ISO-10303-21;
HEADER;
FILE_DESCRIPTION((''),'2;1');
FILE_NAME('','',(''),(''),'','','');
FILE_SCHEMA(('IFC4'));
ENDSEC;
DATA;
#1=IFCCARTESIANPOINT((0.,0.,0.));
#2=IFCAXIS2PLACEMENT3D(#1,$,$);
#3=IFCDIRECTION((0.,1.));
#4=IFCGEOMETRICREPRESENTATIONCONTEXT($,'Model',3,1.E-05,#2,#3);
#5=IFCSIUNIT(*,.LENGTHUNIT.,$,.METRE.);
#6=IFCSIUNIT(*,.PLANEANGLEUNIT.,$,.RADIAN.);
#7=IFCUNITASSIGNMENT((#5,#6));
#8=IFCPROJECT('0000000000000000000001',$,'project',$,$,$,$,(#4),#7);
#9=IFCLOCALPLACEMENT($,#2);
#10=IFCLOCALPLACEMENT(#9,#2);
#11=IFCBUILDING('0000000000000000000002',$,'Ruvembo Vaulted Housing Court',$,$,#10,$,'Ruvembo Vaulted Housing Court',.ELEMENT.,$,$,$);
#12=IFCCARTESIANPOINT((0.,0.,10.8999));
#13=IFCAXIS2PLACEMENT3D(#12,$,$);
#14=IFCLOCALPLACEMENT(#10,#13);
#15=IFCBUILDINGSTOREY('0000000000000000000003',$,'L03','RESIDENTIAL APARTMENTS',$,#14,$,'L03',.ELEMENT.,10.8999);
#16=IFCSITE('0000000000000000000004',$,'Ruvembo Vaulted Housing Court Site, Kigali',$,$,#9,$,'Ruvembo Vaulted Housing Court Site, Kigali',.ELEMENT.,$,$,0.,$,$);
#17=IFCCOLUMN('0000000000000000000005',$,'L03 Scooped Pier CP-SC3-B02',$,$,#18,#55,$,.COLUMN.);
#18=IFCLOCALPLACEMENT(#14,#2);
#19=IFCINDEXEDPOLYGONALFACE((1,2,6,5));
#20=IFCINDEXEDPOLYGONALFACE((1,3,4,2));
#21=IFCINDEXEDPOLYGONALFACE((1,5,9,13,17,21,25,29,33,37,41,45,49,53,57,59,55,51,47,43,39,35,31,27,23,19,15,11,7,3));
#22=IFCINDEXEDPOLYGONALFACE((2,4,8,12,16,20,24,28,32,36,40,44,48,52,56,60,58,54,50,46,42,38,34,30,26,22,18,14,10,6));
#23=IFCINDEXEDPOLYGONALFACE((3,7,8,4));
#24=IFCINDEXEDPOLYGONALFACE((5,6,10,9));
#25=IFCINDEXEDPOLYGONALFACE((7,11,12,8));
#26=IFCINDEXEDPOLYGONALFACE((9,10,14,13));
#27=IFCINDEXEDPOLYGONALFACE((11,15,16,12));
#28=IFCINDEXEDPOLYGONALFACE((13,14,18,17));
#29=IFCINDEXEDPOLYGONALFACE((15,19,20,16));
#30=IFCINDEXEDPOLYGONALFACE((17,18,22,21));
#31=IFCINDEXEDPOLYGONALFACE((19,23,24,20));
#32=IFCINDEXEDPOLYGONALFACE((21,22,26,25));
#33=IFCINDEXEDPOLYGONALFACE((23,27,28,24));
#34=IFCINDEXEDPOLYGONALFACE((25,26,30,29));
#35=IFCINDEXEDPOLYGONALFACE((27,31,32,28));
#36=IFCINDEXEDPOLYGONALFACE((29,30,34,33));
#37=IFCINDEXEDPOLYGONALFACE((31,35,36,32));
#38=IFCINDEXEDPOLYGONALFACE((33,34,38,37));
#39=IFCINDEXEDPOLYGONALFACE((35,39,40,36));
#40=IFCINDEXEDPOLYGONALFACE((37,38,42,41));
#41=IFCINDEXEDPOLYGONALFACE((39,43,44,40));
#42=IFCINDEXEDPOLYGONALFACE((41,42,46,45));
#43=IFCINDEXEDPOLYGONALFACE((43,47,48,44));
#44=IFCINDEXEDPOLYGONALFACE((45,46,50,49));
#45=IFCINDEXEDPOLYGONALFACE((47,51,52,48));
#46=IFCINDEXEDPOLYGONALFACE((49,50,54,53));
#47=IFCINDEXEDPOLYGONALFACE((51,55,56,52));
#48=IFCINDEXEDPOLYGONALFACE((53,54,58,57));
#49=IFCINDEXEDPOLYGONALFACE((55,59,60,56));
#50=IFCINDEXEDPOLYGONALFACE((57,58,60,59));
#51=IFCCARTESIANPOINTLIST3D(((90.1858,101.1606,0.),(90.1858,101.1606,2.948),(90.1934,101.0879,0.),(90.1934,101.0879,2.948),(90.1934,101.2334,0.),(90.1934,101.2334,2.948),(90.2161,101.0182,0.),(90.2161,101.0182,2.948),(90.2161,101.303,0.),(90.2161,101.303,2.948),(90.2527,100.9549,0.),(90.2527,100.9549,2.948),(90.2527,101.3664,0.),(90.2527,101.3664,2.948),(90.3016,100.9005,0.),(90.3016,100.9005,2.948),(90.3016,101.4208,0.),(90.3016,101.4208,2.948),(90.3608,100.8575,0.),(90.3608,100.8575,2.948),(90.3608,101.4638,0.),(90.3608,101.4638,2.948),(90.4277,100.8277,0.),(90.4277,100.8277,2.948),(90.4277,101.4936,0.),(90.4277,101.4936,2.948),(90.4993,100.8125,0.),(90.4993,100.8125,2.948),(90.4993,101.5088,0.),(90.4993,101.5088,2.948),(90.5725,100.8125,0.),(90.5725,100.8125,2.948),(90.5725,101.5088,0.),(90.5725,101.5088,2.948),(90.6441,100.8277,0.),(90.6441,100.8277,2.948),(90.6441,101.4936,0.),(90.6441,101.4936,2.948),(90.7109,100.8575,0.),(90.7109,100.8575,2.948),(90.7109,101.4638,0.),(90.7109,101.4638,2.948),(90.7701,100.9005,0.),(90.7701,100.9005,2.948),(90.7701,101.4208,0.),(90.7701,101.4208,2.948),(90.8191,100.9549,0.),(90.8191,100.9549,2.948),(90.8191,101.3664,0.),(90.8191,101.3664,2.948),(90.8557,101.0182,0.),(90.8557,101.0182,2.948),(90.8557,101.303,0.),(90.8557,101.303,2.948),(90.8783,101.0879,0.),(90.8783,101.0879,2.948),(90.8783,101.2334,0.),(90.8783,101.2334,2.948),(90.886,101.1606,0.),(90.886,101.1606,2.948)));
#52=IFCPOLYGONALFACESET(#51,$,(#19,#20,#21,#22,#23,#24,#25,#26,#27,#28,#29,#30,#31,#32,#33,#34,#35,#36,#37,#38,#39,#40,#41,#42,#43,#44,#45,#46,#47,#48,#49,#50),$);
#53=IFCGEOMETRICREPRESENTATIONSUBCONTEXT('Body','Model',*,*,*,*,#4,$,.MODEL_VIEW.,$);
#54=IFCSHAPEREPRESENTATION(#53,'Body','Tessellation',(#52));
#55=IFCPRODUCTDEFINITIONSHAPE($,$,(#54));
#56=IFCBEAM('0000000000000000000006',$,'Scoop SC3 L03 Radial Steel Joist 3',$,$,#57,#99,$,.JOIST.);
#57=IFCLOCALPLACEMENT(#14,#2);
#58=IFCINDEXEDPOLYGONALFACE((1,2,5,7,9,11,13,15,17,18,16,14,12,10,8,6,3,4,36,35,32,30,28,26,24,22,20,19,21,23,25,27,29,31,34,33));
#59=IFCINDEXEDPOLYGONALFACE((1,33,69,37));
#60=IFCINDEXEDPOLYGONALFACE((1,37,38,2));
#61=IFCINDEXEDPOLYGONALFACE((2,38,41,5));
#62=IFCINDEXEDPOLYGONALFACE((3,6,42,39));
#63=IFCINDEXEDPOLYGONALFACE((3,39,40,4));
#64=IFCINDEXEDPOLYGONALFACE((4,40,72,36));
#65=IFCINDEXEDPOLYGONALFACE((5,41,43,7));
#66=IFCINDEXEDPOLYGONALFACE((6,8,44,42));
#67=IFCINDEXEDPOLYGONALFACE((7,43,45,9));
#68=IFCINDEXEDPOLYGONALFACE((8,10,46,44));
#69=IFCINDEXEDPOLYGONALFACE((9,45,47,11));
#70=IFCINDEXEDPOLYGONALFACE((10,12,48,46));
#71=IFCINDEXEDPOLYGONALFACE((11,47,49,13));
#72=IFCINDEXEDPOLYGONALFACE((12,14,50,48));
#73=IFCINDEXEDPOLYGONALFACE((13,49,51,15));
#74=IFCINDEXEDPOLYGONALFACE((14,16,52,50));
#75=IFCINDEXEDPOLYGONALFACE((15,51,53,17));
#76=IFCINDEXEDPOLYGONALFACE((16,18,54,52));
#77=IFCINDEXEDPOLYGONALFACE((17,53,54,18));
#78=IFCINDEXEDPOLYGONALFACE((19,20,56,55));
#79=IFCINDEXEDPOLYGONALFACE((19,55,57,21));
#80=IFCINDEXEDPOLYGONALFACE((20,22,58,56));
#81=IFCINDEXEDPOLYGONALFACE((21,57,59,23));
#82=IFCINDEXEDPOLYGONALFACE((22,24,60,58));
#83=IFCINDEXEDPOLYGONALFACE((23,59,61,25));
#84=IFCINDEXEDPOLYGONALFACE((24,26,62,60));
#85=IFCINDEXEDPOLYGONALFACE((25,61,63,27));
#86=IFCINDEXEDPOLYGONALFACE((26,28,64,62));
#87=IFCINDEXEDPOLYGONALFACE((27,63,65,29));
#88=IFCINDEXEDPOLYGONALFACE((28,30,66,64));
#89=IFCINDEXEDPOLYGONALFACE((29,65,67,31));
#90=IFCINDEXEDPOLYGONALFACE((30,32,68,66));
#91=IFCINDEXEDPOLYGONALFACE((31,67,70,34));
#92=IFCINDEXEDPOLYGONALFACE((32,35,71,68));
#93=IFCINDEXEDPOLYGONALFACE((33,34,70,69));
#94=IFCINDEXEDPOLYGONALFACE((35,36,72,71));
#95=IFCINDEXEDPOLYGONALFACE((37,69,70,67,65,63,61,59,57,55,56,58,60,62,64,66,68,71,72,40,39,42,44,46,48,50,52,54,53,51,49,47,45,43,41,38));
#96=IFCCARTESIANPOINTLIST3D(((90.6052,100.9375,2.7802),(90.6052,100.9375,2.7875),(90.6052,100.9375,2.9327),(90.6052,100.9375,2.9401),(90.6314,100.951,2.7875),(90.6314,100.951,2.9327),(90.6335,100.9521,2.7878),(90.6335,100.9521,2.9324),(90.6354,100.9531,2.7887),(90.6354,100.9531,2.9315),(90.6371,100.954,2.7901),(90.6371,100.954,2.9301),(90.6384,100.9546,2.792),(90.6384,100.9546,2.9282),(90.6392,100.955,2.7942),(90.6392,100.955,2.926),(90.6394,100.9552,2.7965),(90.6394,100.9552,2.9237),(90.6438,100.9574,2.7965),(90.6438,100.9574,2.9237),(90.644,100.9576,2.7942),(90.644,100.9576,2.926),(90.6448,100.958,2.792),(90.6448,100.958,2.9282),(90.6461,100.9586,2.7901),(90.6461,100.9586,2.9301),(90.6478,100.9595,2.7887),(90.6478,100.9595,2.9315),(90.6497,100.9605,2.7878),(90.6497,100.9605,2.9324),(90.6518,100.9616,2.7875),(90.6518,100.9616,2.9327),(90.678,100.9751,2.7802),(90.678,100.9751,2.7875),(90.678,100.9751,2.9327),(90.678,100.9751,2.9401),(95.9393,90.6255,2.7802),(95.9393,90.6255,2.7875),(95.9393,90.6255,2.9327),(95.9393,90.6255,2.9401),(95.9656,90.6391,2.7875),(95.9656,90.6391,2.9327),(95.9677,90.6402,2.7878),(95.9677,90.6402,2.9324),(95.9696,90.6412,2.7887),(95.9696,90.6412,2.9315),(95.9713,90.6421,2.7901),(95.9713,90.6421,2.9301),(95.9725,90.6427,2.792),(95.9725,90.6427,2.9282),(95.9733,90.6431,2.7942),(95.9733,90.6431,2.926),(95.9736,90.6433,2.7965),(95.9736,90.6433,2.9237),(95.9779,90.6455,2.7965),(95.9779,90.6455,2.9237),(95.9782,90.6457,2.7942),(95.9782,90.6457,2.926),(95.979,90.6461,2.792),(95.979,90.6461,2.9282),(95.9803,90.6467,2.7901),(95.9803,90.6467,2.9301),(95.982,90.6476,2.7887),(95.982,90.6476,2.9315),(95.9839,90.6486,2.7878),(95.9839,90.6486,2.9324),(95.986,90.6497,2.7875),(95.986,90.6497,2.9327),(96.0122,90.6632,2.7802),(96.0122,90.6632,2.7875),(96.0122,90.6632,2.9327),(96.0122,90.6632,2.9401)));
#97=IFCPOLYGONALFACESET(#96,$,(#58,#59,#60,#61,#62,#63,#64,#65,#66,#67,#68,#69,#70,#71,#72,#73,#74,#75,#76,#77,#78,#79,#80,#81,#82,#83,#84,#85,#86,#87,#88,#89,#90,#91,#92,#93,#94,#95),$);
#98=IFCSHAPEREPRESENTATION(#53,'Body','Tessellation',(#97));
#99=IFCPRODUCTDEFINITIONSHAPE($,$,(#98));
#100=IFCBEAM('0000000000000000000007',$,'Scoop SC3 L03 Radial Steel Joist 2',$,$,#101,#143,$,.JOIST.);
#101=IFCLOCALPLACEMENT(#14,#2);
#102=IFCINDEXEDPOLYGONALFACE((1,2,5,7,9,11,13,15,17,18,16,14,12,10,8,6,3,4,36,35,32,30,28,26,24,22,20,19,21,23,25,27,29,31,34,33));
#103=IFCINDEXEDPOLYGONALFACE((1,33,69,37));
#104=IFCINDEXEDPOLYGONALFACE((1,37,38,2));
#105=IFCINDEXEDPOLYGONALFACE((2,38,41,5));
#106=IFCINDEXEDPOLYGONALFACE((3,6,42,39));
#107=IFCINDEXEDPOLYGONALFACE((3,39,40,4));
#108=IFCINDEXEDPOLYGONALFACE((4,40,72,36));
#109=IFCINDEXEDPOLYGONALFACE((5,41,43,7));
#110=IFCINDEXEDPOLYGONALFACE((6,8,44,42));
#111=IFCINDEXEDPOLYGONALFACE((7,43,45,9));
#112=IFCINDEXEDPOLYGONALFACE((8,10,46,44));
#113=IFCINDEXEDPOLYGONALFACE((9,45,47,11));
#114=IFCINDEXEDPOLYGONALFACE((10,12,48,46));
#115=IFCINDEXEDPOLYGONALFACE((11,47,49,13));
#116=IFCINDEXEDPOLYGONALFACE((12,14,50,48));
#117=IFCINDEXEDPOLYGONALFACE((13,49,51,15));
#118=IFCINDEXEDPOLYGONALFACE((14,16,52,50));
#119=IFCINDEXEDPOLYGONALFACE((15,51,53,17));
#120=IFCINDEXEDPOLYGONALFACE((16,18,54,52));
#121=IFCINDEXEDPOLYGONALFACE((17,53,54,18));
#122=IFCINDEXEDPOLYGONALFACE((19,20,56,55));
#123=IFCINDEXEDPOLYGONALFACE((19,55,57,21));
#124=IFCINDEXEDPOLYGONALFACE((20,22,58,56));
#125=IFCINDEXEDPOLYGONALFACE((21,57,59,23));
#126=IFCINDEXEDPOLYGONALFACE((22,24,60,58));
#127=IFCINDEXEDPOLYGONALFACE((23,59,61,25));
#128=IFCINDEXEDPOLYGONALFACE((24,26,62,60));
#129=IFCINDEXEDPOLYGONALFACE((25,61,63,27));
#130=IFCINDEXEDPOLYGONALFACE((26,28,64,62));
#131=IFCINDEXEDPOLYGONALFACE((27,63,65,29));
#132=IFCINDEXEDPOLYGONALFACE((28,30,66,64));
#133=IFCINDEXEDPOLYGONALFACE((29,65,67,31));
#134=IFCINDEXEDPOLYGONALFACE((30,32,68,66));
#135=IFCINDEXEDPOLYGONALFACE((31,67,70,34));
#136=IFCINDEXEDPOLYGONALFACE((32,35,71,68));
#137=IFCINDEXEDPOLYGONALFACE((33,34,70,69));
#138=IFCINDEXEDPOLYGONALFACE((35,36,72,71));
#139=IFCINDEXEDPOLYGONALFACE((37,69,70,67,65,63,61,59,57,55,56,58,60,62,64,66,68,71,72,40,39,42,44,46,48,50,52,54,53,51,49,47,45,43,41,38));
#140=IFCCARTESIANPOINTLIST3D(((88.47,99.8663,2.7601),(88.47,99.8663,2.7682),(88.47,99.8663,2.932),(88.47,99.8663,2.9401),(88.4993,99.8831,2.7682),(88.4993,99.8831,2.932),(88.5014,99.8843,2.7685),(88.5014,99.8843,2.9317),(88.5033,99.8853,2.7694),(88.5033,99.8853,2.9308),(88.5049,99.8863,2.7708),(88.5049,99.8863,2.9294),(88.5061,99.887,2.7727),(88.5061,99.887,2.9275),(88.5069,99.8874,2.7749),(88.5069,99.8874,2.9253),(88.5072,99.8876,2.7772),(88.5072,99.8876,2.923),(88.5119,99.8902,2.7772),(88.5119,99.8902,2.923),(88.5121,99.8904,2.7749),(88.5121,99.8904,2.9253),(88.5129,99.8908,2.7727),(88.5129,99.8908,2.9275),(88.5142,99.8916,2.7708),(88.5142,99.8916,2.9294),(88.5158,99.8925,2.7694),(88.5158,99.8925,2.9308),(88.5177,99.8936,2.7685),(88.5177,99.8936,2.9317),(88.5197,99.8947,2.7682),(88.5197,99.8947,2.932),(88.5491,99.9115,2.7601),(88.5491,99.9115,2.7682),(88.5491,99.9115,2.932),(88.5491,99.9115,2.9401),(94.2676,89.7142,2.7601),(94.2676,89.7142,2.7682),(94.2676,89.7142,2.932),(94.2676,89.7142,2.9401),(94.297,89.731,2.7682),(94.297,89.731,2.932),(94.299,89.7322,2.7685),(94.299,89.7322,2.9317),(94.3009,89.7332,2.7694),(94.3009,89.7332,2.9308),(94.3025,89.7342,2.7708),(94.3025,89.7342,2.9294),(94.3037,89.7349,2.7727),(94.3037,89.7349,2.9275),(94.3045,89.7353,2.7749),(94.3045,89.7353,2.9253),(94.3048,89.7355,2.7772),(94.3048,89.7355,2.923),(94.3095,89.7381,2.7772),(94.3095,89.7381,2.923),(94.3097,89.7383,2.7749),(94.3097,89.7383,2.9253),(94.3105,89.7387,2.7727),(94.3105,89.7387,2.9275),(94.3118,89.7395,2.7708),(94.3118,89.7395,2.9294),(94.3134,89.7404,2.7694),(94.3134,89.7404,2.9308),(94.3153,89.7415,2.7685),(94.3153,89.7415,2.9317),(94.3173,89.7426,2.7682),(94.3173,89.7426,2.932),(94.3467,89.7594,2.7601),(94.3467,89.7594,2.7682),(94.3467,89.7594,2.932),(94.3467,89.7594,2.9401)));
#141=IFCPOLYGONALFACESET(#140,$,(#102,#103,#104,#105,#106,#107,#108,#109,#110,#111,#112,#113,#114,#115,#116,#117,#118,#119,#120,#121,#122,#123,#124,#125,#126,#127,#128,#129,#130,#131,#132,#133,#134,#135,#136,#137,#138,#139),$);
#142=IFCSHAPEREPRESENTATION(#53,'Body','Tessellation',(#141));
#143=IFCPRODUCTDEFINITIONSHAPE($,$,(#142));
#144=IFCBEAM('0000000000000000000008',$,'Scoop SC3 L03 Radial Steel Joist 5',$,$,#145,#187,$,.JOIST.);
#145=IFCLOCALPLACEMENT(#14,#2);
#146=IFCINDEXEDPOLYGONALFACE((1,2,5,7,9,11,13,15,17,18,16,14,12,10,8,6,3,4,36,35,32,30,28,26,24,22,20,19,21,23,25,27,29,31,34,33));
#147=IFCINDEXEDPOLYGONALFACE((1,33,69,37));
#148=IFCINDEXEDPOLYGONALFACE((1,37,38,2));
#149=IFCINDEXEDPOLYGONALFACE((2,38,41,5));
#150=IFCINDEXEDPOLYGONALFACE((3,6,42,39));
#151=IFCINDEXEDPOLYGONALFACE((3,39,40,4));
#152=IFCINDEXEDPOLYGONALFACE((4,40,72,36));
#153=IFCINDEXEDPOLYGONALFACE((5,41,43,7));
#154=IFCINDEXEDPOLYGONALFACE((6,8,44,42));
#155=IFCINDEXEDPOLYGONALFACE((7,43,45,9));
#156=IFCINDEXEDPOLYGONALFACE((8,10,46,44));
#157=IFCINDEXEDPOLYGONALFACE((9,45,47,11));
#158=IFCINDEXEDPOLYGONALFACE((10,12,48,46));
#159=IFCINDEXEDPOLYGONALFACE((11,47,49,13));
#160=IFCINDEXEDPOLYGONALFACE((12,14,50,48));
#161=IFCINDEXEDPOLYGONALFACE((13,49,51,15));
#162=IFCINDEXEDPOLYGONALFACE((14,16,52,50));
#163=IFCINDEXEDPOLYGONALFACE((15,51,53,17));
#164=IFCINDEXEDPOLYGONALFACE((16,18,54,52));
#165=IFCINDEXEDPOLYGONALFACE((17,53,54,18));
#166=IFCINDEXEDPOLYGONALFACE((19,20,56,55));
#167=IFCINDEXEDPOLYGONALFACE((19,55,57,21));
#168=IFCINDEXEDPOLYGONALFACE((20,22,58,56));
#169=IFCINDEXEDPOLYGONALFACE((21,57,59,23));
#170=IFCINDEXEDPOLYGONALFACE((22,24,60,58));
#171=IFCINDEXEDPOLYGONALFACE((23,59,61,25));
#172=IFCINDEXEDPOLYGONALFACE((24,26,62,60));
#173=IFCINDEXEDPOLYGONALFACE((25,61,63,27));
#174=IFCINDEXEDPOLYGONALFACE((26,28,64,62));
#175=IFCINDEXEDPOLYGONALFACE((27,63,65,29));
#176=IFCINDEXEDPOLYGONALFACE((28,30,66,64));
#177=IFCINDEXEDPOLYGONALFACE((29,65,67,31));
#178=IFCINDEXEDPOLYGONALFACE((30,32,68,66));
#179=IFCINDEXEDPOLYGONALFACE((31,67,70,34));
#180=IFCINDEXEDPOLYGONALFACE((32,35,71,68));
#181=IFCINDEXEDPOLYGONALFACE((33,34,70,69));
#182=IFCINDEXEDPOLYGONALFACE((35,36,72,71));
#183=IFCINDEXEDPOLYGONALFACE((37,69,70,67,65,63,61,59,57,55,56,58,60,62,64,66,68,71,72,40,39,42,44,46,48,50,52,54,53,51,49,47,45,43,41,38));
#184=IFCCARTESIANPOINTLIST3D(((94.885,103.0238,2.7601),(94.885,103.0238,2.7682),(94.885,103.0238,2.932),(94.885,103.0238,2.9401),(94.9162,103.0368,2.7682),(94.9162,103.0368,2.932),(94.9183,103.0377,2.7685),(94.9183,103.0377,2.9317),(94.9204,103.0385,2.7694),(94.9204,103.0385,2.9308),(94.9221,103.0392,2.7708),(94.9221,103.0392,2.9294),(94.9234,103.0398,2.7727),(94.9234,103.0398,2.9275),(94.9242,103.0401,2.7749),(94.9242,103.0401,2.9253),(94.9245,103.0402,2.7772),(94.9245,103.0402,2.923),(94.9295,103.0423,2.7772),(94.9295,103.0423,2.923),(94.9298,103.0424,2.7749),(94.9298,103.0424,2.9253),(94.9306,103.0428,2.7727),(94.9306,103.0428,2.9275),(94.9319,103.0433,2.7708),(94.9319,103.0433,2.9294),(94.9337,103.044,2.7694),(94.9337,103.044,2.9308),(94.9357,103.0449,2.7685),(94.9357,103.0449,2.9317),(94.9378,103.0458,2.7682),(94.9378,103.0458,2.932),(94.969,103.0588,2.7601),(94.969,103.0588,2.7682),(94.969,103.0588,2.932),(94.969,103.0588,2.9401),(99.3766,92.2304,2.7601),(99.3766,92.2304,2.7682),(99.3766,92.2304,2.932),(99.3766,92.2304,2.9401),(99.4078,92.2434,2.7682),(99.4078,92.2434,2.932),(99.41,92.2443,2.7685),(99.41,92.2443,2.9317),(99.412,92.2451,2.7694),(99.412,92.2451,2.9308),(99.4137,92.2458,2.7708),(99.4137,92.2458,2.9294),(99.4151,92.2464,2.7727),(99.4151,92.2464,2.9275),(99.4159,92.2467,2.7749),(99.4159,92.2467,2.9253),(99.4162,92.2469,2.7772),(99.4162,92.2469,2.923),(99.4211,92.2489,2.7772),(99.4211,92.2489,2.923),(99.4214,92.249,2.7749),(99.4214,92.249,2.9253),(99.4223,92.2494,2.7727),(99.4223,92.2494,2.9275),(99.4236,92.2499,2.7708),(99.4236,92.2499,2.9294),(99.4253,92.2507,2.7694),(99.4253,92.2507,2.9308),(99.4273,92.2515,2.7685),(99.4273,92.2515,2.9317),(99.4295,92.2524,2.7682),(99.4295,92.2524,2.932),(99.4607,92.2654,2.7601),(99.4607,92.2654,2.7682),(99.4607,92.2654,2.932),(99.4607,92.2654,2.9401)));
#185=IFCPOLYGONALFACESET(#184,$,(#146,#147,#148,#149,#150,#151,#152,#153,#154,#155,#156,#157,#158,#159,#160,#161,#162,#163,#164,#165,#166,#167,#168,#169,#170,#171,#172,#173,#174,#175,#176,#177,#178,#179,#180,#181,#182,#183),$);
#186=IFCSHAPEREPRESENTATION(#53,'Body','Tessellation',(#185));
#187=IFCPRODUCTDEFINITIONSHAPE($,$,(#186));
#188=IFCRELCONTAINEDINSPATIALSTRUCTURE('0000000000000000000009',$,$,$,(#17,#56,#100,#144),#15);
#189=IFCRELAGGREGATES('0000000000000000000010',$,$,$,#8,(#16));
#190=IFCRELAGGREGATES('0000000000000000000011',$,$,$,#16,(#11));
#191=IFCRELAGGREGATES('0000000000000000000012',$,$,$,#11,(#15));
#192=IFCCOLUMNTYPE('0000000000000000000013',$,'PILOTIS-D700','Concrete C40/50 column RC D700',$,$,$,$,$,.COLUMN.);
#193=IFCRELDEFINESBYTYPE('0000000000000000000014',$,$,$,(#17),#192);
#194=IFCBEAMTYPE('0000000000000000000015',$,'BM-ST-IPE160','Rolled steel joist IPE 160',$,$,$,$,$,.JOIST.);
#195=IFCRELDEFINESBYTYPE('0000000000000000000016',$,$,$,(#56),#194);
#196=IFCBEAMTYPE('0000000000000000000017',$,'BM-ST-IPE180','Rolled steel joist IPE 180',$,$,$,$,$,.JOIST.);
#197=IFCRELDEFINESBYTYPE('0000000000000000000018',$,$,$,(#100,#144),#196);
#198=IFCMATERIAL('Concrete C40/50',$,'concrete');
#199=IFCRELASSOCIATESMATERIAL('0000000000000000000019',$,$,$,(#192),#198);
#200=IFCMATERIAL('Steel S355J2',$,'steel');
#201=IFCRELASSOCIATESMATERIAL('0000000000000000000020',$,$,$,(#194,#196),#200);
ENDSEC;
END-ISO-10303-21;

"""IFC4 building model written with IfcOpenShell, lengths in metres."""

from ifc_helpers import new_model, si_unit, direction, frame, origin, origin_2d, place, context, subcontext, project, spatial, circle, i_section, extrude, material, material_profile, profile_set, type_object, element, save


model = new_model("IFC4")

# Units and contexts
model_context = context("Model", 3, precision=1e-05, world=origin(), true_north=direction((0.0, 1.0)))
body_context = subcontext(model_context, "Body", "Model", "MODEL_VIEW")
ifc_project = project(units=[si_unit("LENGTHUNIT", "METRE"), si_unit("PLANEANGLEUNIT", "RADIAN")], contexts=[model_context])

# Site, building, storey
site_placement = place(None, origin())
site = spatial("IfcSite", under=ifc_project, at=site_placement, Name="Ruvembo Vaulted Housing Court Site, Kigali", LongName="Ruvembo Vaulted Housing Court Site, Kigali", CompositionType="ELEMENT", RefElevation=0.0)
building_placement = place(site_placement, origin())
building = spatial("IfcBuilding", under=site, at=building_placement, Name="Ruvembo Vaulted Housing Court", LongName="Ruvembo Vaulted Housing Court", CompositionType="ELEMENT")
storey_placement = place(building_placement, frame((0.0, 0.0, 10.8999)))
storey = spatial("IfcBuildingStorey", under=building, at=storey_placement, Name="L03", Description="RESIDENTIAL APARTMENTS", LongName="L03", CompositionType="ELEMENT", Elevation=10.8999)

# Column
ifc_material_1 = material(Name="Concrete C40/50", Category="concrete")
ifc_material_profile_1 = material_profile(ifc_material_1, circle(Radius=0.3501, at=origin_2d()), Name="RC D700")
ifc_profile_set_1 = profile_set([ifc_material_profile_1], Name="Concrete C40/50")
column_type = type_object("IfcColumnType", Name="PILOTIS-D700", Description="Concrete C40/50 column RC D700", PredefinedType="COLUMN", material=ifc_profile_set_1)
column_placement = place(storey_placement, frame((90.5359, 101.1606, 0.0), z_axis=(0.0, 0.0, 1.0), x_axis=(1.0, 0.0, 0.0)))
element("IfcColumn", 1, at=column_placement, inside=storey, type_object=column_type, Name="L03 Scooped Pier CP-SC3-B02", PredefinedType="COLUMN", context=body_context, shape_type="SweptSolid", body=[
    extrude(circle(Radius=0.3501, at=origin_2d()), origin(), (0.0, 0.0, 1.0), 2.948),
])

# Beams
ifc_material_2 = material(Name="Steel S355J2", Category="steel")
ifc_material_profile_2 = material_profile(ifc_material_2, i_section(OverallWidth=0.082, OverallDepth=0.1599, WebThickness=0.0049, FlangeThickness=0.0073, FilletRadius=0.009, at=origin_2d()), Name="IPE 160")
ifc_profile_set_2 = profile_set([ifc_material_profile_2], Name="Steel S355J2")
beam_type_1 = type_object("IfcBeamType", Name="BM-ST-IPE160", Description="Rolled steel joist IPE 160", PredefinedType="JOIST", material=ifc_profile_set_2)
beam_1_placement = place(storey_placement, frame((90.6416, 100.9563, 2.8601), z_axis=(0.459452, -0.888203, 0.0), x_axis=(0.888203, 0.459452, 0.0)))
element("IfcBeam", 2, at=beam_1_placement, inside=storey, type_object=beam_type_1, Name="Scoop SC3 L03 Radial Steel Joist 3", PredefinedType="JOIST", context=body_context, shape_type="SweptSolid", body=[
    extrude(i_section(OverallWidth=0.082, OverallDepth=0.1599, WebThickness=0.0049, FlangeThickness=0.0073, FilletRadius=0.009, at=origin_2d()), origin(), (0.0, 0.0, 1.0), 11.6099),
])
ifc_material_profile_3 = material_profile(ifc_material_2, i_section(OverallWidth=0.0911, OverallDepth=0.1799, WebThickness=0.0054, FlangeThickness=0.0081, FilletRadius=0.009, at=origin_2d()), Name="IPE 180")
ifc_profile_set_3 = profile_set([ifc_material_profile_3], Name="Steel S355J2")
beam_type_2 = type_object("IfcBeamType", Name="BM-ST-IPE180", Description="Rolled steel joist IPE 180", PredefinedType="JOIST", material=ifc_profile_set_3)
beam_2_placement = place(storey_placement, frame((88.5095, 99.8889, 2.8501), z_axis=(0.495907, -0.868375, 0.0), x_axis=(0.868375, 0.495907, 0.0)))
element("IfcBeam", 3, at=beam_2_placement, inside=storey, type_object=beam_type_2, Name="Scoop SC3 L03 Radial Steel Joist 2", PredefinedType="JOIST", context=body_context, shape_type="SweptSolid", body=[
    extrude(i_section(OverallWidth=0.0911, OverallDepth=0.1799, WebThickness=0.0054, FlangeThickness=0.0081, FilletRadius=0.009, at=origin_2d()), origin(), (0.0, 0.0, 1.0), 11.6909),
])
beam_3_placement = place(storey_placement, frame((94.927, 103.0413, 2.8501), z_axis=(0.384209, -0.923246, 0.0), x_axis=(0.923246, 0.384209, 0.0)))
element("IfcBeam", 4, at=beam_3_placement, inside=storey, type_object=beam_type_2, Name="Scoop SC3 L03 Radial Steel Joist 5", PredefinedType="JOIST", context=body_context, shape_type="SweptSolid", body=[
    extrude(i_section(OverallWidth=0.0911, OverallDepth=0.1799, WebThickness=0.0054, FlangeThickness=0.0081, FilletRadius=0.009, at=origin_2d()), origin(), (0.0, 0.0, 1.0), 11.6907),
])

save(model, "model.ifc")
